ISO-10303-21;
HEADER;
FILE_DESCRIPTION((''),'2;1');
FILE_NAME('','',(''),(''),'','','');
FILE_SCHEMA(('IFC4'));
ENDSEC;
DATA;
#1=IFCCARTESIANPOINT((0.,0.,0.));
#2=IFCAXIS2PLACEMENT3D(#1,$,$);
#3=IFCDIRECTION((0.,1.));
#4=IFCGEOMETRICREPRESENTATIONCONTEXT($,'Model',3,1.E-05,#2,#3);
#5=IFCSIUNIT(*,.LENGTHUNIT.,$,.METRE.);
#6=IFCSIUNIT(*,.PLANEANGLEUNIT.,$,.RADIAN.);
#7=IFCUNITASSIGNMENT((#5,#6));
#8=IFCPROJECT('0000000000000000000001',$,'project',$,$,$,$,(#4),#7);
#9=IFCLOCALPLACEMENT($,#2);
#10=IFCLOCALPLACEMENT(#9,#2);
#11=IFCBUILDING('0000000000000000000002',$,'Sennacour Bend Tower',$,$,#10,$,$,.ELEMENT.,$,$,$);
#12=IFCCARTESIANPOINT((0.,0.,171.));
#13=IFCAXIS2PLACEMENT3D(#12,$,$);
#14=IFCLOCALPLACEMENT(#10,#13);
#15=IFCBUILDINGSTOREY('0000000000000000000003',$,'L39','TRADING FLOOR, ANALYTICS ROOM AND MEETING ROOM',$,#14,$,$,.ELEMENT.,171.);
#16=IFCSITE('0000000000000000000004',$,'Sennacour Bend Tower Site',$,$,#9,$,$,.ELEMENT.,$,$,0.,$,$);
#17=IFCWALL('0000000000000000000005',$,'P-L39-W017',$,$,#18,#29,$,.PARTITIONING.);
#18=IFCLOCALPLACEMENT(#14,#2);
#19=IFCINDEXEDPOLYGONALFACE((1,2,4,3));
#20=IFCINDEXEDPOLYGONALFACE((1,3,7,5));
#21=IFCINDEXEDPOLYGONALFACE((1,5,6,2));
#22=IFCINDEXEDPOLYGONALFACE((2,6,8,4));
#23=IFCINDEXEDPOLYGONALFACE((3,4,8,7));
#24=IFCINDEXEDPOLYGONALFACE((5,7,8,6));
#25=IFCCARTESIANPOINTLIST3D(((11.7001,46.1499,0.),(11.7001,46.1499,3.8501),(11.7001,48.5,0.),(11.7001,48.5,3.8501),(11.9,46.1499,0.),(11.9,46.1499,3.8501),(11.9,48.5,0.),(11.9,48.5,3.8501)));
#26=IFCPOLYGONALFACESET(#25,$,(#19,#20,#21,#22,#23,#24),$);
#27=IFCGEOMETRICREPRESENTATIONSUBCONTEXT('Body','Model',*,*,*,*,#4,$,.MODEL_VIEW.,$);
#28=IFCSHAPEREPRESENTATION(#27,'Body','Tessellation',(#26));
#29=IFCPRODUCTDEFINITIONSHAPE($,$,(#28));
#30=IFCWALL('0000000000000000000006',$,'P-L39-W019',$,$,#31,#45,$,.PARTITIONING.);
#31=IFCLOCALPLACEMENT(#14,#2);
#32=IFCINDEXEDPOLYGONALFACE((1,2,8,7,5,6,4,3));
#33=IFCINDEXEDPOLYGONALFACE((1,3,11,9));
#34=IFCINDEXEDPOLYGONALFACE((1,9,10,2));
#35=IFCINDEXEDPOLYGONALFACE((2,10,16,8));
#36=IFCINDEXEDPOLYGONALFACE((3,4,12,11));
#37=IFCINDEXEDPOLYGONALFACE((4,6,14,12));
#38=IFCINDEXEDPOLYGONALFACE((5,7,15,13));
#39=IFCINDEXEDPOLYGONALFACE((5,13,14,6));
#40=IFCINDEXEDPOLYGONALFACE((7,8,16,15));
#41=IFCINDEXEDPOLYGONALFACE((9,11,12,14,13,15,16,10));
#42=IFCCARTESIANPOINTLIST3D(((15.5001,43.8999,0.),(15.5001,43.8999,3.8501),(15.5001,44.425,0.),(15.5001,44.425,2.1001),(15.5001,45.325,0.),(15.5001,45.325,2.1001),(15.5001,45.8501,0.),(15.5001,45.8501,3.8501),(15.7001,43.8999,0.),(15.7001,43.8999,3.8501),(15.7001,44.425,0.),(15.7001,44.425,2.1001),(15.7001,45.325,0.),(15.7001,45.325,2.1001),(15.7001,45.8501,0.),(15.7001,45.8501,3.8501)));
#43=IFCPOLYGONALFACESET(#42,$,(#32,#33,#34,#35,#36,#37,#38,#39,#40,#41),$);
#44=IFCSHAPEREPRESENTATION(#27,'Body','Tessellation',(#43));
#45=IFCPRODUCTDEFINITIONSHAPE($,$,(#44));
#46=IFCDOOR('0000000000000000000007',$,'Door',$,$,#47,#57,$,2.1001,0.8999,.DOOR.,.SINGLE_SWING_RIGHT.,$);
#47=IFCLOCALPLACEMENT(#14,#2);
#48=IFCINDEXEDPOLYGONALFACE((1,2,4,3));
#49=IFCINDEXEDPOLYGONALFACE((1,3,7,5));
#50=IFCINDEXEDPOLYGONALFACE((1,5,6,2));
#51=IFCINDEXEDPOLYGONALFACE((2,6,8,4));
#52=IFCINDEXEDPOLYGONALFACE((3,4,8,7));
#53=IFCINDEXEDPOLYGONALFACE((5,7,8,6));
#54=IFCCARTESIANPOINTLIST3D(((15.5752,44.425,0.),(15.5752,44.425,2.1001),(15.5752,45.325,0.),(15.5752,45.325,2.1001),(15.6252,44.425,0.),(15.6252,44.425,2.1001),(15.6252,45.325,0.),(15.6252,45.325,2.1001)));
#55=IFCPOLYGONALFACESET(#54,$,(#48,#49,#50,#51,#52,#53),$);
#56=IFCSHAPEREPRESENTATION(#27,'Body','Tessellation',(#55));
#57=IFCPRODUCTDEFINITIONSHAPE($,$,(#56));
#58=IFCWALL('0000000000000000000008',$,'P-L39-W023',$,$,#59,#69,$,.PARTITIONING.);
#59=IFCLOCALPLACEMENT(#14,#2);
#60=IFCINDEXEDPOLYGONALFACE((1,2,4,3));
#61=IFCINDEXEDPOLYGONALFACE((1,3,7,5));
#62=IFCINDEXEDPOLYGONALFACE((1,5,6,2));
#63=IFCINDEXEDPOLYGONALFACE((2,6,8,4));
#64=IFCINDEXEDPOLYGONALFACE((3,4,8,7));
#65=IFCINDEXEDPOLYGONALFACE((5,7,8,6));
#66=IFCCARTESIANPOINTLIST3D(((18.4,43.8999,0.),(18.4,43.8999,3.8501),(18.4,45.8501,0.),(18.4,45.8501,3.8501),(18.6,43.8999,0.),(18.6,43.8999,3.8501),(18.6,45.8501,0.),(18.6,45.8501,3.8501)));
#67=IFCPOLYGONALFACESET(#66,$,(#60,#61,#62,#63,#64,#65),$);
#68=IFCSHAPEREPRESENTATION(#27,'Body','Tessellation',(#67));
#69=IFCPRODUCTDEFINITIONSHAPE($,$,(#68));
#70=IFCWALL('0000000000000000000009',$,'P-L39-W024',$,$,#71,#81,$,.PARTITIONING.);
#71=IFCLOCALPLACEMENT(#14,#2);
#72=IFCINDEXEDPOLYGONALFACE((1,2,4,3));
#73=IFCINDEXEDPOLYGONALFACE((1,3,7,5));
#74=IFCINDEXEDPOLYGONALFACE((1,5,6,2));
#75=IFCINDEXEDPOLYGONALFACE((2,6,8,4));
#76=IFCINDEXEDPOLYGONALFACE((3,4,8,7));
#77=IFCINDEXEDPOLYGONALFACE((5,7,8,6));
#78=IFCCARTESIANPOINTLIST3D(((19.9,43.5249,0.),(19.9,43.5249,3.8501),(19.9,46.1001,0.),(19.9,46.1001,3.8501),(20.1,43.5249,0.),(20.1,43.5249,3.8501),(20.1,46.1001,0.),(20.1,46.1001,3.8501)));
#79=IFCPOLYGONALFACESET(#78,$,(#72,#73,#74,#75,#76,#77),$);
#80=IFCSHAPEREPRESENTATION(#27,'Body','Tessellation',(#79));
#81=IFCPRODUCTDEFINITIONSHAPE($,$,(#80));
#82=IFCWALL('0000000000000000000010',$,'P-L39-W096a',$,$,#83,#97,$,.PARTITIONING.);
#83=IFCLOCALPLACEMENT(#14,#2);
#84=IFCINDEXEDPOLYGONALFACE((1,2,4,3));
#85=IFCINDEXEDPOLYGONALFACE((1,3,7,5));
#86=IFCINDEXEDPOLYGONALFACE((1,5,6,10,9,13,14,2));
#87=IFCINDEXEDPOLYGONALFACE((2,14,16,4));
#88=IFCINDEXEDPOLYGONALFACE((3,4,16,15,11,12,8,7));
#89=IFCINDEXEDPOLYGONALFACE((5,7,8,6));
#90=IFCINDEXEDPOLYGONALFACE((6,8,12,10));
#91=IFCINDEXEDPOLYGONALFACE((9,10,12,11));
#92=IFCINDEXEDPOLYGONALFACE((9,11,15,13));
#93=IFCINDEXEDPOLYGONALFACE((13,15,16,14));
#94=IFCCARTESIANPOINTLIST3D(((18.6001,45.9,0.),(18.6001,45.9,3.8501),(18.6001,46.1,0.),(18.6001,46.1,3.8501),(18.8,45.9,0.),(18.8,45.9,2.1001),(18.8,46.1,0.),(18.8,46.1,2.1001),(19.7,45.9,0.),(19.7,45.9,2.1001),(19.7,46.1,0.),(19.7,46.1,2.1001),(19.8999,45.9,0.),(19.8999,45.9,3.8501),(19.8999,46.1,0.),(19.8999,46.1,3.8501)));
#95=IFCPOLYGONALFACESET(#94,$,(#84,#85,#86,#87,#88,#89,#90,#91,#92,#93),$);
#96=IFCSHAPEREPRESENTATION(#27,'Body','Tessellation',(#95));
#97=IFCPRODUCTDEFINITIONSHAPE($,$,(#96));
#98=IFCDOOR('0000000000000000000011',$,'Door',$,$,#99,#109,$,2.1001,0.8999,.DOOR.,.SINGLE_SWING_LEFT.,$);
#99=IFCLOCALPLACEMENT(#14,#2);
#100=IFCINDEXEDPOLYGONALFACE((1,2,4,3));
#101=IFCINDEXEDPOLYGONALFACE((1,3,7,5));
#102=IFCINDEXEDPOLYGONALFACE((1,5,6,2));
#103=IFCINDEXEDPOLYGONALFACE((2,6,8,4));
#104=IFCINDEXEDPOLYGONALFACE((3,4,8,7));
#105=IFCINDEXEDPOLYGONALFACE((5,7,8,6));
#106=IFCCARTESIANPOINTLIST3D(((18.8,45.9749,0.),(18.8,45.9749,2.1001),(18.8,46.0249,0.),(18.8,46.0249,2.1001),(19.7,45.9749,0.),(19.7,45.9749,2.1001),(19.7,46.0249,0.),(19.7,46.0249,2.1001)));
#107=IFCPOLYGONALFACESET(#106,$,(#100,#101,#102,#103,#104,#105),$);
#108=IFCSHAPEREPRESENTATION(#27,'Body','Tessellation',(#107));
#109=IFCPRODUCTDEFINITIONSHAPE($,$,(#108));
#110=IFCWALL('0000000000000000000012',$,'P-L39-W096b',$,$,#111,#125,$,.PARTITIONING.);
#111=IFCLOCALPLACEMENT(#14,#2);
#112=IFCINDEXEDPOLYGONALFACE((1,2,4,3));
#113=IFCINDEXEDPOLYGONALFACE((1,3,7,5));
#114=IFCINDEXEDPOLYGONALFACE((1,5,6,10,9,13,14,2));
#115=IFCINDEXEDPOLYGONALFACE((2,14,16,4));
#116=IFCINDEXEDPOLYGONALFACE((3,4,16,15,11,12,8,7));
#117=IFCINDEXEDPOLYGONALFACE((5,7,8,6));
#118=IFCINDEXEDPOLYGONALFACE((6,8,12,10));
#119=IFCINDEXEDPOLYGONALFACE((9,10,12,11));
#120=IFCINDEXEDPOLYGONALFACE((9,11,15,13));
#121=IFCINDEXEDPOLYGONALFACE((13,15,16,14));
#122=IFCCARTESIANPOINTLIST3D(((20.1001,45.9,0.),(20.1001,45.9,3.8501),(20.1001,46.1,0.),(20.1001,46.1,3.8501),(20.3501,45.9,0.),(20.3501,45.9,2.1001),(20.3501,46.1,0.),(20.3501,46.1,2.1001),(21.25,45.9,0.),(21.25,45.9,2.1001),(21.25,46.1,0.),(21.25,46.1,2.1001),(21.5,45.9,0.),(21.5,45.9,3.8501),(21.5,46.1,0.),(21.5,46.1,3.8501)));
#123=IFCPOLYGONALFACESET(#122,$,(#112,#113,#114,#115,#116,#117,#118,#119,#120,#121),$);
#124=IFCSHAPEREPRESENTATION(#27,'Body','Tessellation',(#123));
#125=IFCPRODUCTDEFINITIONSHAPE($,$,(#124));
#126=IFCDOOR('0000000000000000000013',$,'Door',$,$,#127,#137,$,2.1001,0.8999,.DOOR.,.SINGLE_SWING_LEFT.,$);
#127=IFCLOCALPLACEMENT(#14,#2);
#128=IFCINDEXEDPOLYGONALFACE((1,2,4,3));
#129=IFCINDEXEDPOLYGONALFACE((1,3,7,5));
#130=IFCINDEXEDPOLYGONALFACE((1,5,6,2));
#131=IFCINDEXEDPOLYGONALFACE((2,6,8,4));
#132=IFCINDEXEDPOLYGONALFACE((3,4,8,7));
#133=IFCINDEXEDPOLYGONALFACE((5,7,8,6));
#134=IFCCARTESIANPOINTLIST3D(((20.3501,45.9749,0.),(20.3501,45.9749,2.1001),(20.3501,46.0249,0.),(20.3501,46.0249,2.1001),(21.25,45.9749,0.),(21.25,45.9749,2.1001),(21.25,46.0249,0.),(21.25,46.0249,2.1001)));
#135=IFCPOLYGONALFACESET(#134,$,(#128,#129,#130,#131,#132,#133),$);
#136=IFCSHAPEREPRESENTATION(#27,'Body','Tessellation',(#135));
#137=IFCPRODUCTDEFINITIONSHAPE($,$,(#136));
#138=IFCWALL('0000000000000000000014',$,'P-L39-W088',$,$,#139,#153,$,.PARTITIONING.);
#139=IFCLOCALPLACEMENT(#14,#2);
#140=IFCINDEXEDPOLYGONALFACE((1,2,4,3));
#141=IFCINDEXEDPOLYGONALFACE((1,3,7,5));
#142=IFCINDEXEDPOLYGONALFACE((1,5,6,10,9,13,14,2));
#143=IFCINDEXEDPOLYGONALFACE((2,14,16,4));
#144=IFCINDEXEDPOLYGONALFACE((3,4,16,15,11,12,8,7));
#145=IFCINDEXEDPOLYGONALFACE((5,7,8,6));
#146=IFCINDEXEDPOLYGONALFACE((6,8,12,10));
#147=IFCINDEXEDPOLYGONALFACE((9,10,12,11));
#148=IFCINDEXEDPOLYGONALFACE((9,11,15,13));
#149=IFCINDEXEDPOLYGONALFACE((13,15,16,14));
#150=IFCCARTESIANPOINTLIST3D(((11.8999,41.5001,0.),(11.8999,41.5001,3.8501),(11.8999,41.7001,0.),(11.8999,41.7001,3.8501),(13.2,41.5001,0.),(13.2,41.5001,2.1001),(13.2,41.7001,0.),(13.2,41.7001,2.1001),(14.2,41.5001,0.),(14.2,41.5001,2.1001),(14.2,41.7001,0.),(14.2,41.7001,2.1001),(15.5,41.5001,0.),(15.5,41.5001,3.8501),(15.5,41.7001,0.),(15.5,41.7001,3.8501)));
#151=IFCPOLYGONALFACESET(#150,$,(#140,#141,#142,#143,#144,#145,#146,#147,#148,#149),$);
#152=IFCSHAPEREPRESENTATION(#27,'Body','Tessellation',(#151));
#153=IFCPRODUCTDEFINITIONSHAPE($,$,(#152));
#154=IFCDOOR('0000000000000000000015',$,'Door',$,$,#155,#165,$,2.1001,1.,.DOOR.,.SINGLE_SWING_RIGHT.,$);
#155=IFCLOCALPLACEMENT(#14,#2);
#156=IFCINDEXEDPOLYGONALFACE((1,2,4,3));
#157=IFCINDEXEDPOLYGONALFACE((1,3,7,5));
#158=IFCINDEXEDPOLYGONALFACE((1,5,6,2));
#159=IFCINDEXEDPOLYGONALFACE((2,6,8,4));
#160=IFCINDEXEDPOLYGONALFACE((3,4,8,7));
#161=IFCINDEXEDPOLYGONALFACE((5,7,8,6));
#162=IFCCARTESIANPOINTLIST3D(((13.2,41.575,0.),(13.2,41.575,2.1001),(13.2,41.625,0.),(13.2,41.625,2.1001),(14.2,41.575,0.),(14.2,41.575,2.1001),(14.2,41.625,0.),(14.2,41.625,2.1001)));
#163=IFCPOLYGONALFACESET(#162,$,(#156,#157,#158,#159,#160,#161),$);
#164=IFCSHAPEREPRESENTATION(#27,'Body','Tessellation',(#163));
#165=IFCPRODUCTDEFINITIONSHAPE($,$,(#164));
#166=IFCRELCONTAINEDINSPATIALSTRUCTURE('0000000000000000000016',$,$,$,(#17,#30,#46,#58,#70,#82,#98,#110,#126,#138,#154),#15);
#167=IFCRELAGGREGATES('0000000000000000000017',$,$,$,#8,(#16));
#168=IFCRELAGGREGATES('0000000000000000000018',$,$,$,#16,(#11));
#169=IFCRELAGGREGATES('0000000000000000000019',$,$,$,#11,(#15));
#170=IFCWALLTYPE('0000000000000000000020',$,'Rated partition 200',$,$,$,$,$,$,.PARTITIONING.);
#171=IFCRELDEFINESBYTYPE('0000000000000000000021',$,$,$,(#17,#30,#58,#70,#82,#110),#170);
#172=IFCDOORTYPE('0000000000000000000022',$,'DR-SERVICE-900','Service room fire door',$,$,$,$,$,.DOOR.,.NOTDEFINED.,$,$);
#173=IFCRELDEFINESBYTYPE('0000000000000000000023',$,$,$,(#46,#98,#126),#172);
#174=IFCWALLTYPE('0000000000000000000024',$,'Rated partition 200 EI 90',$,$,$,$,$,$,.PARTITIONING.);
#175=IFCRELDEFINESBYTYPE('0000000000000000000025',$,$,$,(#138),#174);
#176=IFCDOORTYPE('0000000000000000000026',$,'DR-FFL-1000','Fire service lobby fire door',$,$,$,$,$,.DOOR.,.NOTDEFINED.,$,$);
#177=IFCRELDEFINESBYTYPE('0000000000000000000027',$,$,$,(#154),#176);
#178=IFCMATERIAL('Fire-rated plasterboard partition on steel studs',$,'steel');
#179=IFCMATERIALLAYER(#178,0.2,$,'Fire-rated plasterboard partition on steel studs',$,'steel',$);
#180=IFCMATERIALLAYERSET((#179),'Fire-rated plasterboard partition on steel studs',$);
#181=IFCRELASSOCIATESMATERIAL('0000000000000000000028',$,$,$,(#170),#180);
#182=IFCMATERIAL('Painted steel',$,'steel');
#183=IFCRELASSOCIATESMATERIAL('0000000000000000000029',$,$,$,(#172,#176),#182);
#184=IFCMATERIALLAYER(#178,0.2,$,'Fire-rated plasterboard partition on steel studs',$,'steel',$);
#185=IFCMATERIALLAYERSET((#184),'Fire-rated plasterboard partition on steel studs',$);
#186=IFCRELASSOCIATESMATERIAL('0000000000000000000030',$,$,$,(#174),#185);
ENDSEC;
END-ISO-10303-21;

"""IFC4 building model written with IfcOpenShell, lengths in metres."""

from ifc_helpers import new_model, si_unit, direction, frame, frame_2d, origin, place, context, subcontext, project, spatial, rectangle, extrude, material, layer, layer_set, type_object, element, fill, save


model = new_model("IFC4")

# Units and contexts
model_context = context("Model", 3, precision=1e-05, world=origin(), true_north=direction((0.0, 1.0)))
body_context = subcontext(model_context, "Body", "Model", "MODEL_VIEW")
ifc_project = project(units=[si_unit("LENGTHUNIT", "METRE"), si_unit("PLANEANGLEUNIT", "RADIAN")], contexts=[model_context])

# Site, building, storey
site_placement = place(None, origin())
site = spatial("IfcSite", under=ifc_project, at=site_placement, Name="Sennacour Bend Tower Site", CompositionType="ELEMENT", RefElevation=0.0)
building_placement = place(site_placement, origin())
building = spatial("IfcBuilding", under=site, at=building_placement, Name="Sennacour Bend Tower", CompositionType="ELEMENT")
storey_placement = place(building_placement, frame((0.0, 0.0, 171.0)))
storey = spatial("IfcBuildingStorey", under=building, at=storey_placement, Name="L39", Description="TRADING FLOOR, ANALYTICS ROOM AND MEETING ROOM", CompositionType="ELEMENT", Elevation=171.0)

# Wall
ifc_material_1 = material(Name="Fire-rated plasterboard partition on steel studs", Category="steel")
ifc_layer_1 = layer(ifc_material_1, 0.2, Name="Fire-rated plasterboard partition on steel studs", Category="steel")
ifc_layer_set_1 = layer_set([ifc_layer_1], Name="Fire-rated plasterboard partition on steel studs")
wall_type_1 = type_object("IfcWallType", Name="Rated partition 200", PredefinedType="PARTITIONING", material=ifc_layer_set_1)
wall_1_placement = place(storey_placement, frame((11.8, 46.1499, 0.0), z_axis=(0.0, 0.0, 1.0), x_axis=(0.0, 1.0, 0.0)))
element("IfcWall", 1, at=wall_1_placement, inside=storey, type_object=wall_type_1, Name="P-L39-W017", PredefinedType="PARTITIONING", context=body_context, shape_type="SweptSolid", body=[
    extrude(rectangle(XDim=2.3501, YDim=0.2, at=frame_2d((1.175, 0.0))), origin(), (0.0, 0.0, 1.0), 3.8501),
])

# Wall, opening, door
wall_2_placement = place(storey_placement, frame((15.6001, 43.8999, 0.0), z_axis=(0.0, 0.0, 1.0), x_axis=(0.0, 1.0, 0.0)))
wall_2 = element("IfcWall", 2, at=wall_2_placement, inside=storey, type_object=wall_type_1, Name="P-L39-W019", PredefinedType="PARTITIONING", context=body_context, shape_type="SweptSolid", body=[
    extrude(rectangle(XDim=1.9502, YDim=0.2, at=frame_2d((0.9751, 0.0))), origin(), (0.0, 0.0, 1.0), 3.8501),
])
opening_1_placement = place(wall_2_placement, frame((0.5251, 0.0, 0.0)))
opening_1 = element("IfcOpeningElement", 3, at=opening_1_placement, cuts=wall_2, PredefinedType="OPENING", context=body_context, shape_type="SweptSolid", body=[
    extrude(rectangle(XDim=0.8999, YDim=2.1001, at=frame_2d((0.45, 1.05))), frame((0.0, 0.1099, 0.0), z_axis=(0.0, -1.0, 0.0), x_axis=(1.0, 0.0, 0.0)), (0.0, 0.0, 1.0), 0.22),
])
ifc_material_2 = material(Name="Painted steel", Category="steel")
door_type_1 = type_object("IfcDoorType", Name="DR-SERVICE-900", Description="Service room fire door", OperationType="NOTDEFINED", PredefinedType="DOOR", material=ifc_material_2)
door_1_placement = place(opening_1_placement, origin())
door_1 = element("IfcDoor", 4, at=door_1_placement, inside=storey, type_object=door_type_1, Name="Door", OperationType="SINGLE_SWING_RIGHT", OverallHeight=2.1001, OverallWidth=0.8999, PredefinedType="DOOR", context=body_context, shape_type="SweptSolid", body=[
    extrude(rectangle(XDim=0.8999, YDim=2.1001, at=frame_2d((0.45, 1.05))), frame((0.0, 0.0249, 0.0), z_axis=(0.0, -1.0, 0.0), x_axis=(1.0, 0.0, 0.0)), (0.0, 0.0, 1.0), 0.05),
])
fill(opening_1, door_1)

# Walls
wall_3_placement = place(storey_placement, frame((18.5, 43.8999, 0.0), z_axis=(0.0, 0.0, 1.0), x_axis=(0.0, 1.0, 0.0)))
element("IfcWall", 5, at=wall_3_placement, inside=storey, type_object=wall_type_1, Name="P-L39-W023", PredefinedType="PARTITIONING", context=body_context, shape_type="SweptSolid", body=[
    extrude(rectangle(XDim=1.9502, YDim=0.2, at=frame_2d((0.9751, 0.0))), origin(), (0.0, 0.0, 1.0), 3.8501),
])
wall_4_placement = place(storey_placement, frame((20.0, 43.5249, 0.0), z_axis=(0.0, 0.0, 1.0), x_axis=(0.0, 1.0, 0.0)))
element("IfcWall", 6, at=wall_4_placement, inside=storey, type_object=wall_type_1, Name="P-L39-W024", PredefinedType="PARTITIONING", context=body_context, shape_type="SweptSolid", body=[
    extrude(rectangle(XDim=2.5752, YDim=0.2, at=frame_2d((1.2876, 0.0))), origin(), (0.0, 0.0, 1.0), 3.8501),
])

# Walls, openings, doors
wall_5_placement = place(storey_placement, frame((18.6001, 46.0, 0.0), z_axis=(0.0, 0.0, 1.0), x_axis=(1.0, 0.0, 0.0)))
wall_5 = element("IfcWall", 7, at=wall_5_placement, inside=storey, type_object=wall_type_1, Name="P-L39-W096a", PredefinedType="PARTITIONING", context=body_context, shape_type="SweptSolid", body=[
    extrude(rectangle(XDim=1.2998, YDim=0.2, at=frame_2d((0.6499, 0.0))), origin(), (0.0, 0.0, 1.0), 3.8501),
])
opening_2_placement = place(wall_5_placement, frame((0.2, 0.0, 0.0)))
opening_2 = element("IfcOpeningElement", 8, at=opening_2_placement, cuts=wall_5, PredefinedType="OPENING", context=body_context, shape_type="SweptSolid", body=[
    extrude(rectangle(XDim=0.8999, YDim=2.1001, at=frame_2d((0.45, 1.05))), frame((0.0, 0.1099, 0.0), z_axis=(0.0, -1.0, 0.0), x_axis=(1.0, 0.0, 0.0)), (0.0, 0.0, 1.0), 0.22),
])
door_2_placement = place(opening_2_placement, origin())
door_2 = element("IfcDoor", 9, at=door_2_placement, inside=storey, type_object=door_type_1, Name="Door", OperationType="SINGLE_SWING_LEFT", OverallHeight=2.1001, OverallWidth=0.8999, PredefinedType="DOOR", context=body_context, shape_type="SweptSolid", body=[
    extrude(rectangle(XDim=0.8999, YDim=2.1001, at=frame_2d((0.45, 1.05))), frame((0.0, 0.0249, 0.0), z_axis=(0.0, -1.0, 0.0), x_axis=(1.0, 0.0, 0.0)), (0.0, 0.0, 1.0), 0.05),
])
fill(opening_2, door_2)
wall_6_placement = place(storey_placement, frame((20.1001, 46.0, 0.0), z_axis=(0.0, 0.0, 1.0), x_axis=(1.0, 0.0, 0.0)))
wall_6 = element("IfcWall", 10, at=wall_6_placement, inside=storey, type_object=wall_type_1, Name="P-L39-W096b", PredefinedType="PARTITIONING", context=body_context, shape_type="SweptSolid", body=[
    extrude(rectangle(XDim=1.3999, YDim=0.2, at=frame_2d((0.7, 0.0))), origin(), (0.0, 0.0, 1.0), 3.8501),
])
opening_3_placement = place(wall_6_placement, frame((0.25, 0.0, 0.0)))
opening_3 = element("IfcOpeningElement", 11, at=opening_3_placement, cuts=wall_6, PredefinedType="OPENING", context=body_context, shape_type="SweptSolid", body=[
    extrude(rectangle(XDim=0.8999, YDim=2.1001, at=frame_2d((0.45, 1.05))), frame((0.0, 0.1099, 0.0), z_axis=(0.0, -1.0, 0.0), x_axis=(1.0, 0.0, 0.0)), (0.0, 0.0, 1.0), 0.22),
])
door_3_placement = place(opening_3_placement, origin())
door_3 = element("IfcDoor", 12, at=door_3_placement, inside=storey, type_object=door_type_1, Name="Door", OperationType="SINGLE_SWING_LEFT", OverallHeight=2.1001, OverallWidth=0.8999, PredefinedType="DOOR", context=body_context, shape_type="SweptSolid", body=[
    extrude(rectangle(XDim=0.8999, YDim=2.1001, at=frame_2d((0.45, 1.05))), frame((0.0, 0.0249, 0.0), z_axis=(0.0, -1.0, 0.0), x_axis=(1.0, 0.0, 0.0)), (0.0, 0.0, 1.0), 0.05),
])
fill(opening_3, door_3)
ifc_layer_2 = layer(ifc_material_1, 0.2, Name="Fire-rated plasterboard partition on steel studs", Category="steel")
ifc_layer_set_2 = layer_set([ifc_layer_2], Name="Fire-rated plasterboard partition on steel studs")
wall_type_2 = type_object("IfcWallType", Name="Rated partition 200 EI 90", PredefinedType="PARTITIONING", material=ifc_layer_set_2)
wall_7_placement = place(storey_placement, frame((11.8999, 41.6001, 0.0), z_axis=(0.0, 0.0, 1.0), x_axis=(1.0, 0.0, 0.0)))
wall_7 = element("IfcWall", 13, at=wall_7_placement, inside=storey, type_object=wall_type_2, Name="P-L39-W088", PredefinedType="PARTITIONING", context=body_context, shape_type="SweptSolid", body=[
    extrude(rectangle(XDim=3.6001, YDim=0.2, at=frame_2d((1.8, 0.0))), origin(), (0.0, 0.0, 1.0), 3.8501),
])
opening_4_placement = place(wall_7_placement, frame((1.3, 0.0, 0.0)))
opening_4 = element("IfcOpeningElement", 14, at=opening_4_placement, cuts=wall_7, PredefinedType="OPENING", context=body_context, shape_type="SweptSolid", body=[
    extrude(rectangle(XDim=1.0, YDim=2.1001, at=frame_2d((0.5, 1.05))), frame((0.0, 0.1099, 0.0), z_axis=(0.0, -1.0, 0.0), x_axis=(1.0, 0.0, 0.0)), (0.0, 0.0, 1.0), 0.22),
])
door_type_2 = type_object("IfcDoorType", Name="DR-FFL-1000", Description="Fire service lobby fire door", OperationType="NOTDEFINED", PredefinedType="DOOR", material=ifc_material_2)
door_4_placement = place(opening_4_placement, origin())
door_4 = element("IfcDoor", 15, at=door_4_placement, inside=storey, type_object=door_type_2, Name="Door", OperationType="SINGLE_SWING_RIGHT", OverallHeight=2.1001, OverallWidth=1.0, PredefinedType="DOOR", context=body_context, shape_type="SweptSolid", body=[
    extrude(rectangle(XDim=1.0, YDim=2.1001, at=frame_2d((0.5, 1.05))), frame((0.0, 0.0249, 0.0), z_axis=(0.0, -1.0, 0.0), x_axis=(1.0, 0.0, 0.0)), (0.0, 0.0, 1.0), 0.05),
])
fill(opening_4, door_4)

save(model, "model.ifc")
